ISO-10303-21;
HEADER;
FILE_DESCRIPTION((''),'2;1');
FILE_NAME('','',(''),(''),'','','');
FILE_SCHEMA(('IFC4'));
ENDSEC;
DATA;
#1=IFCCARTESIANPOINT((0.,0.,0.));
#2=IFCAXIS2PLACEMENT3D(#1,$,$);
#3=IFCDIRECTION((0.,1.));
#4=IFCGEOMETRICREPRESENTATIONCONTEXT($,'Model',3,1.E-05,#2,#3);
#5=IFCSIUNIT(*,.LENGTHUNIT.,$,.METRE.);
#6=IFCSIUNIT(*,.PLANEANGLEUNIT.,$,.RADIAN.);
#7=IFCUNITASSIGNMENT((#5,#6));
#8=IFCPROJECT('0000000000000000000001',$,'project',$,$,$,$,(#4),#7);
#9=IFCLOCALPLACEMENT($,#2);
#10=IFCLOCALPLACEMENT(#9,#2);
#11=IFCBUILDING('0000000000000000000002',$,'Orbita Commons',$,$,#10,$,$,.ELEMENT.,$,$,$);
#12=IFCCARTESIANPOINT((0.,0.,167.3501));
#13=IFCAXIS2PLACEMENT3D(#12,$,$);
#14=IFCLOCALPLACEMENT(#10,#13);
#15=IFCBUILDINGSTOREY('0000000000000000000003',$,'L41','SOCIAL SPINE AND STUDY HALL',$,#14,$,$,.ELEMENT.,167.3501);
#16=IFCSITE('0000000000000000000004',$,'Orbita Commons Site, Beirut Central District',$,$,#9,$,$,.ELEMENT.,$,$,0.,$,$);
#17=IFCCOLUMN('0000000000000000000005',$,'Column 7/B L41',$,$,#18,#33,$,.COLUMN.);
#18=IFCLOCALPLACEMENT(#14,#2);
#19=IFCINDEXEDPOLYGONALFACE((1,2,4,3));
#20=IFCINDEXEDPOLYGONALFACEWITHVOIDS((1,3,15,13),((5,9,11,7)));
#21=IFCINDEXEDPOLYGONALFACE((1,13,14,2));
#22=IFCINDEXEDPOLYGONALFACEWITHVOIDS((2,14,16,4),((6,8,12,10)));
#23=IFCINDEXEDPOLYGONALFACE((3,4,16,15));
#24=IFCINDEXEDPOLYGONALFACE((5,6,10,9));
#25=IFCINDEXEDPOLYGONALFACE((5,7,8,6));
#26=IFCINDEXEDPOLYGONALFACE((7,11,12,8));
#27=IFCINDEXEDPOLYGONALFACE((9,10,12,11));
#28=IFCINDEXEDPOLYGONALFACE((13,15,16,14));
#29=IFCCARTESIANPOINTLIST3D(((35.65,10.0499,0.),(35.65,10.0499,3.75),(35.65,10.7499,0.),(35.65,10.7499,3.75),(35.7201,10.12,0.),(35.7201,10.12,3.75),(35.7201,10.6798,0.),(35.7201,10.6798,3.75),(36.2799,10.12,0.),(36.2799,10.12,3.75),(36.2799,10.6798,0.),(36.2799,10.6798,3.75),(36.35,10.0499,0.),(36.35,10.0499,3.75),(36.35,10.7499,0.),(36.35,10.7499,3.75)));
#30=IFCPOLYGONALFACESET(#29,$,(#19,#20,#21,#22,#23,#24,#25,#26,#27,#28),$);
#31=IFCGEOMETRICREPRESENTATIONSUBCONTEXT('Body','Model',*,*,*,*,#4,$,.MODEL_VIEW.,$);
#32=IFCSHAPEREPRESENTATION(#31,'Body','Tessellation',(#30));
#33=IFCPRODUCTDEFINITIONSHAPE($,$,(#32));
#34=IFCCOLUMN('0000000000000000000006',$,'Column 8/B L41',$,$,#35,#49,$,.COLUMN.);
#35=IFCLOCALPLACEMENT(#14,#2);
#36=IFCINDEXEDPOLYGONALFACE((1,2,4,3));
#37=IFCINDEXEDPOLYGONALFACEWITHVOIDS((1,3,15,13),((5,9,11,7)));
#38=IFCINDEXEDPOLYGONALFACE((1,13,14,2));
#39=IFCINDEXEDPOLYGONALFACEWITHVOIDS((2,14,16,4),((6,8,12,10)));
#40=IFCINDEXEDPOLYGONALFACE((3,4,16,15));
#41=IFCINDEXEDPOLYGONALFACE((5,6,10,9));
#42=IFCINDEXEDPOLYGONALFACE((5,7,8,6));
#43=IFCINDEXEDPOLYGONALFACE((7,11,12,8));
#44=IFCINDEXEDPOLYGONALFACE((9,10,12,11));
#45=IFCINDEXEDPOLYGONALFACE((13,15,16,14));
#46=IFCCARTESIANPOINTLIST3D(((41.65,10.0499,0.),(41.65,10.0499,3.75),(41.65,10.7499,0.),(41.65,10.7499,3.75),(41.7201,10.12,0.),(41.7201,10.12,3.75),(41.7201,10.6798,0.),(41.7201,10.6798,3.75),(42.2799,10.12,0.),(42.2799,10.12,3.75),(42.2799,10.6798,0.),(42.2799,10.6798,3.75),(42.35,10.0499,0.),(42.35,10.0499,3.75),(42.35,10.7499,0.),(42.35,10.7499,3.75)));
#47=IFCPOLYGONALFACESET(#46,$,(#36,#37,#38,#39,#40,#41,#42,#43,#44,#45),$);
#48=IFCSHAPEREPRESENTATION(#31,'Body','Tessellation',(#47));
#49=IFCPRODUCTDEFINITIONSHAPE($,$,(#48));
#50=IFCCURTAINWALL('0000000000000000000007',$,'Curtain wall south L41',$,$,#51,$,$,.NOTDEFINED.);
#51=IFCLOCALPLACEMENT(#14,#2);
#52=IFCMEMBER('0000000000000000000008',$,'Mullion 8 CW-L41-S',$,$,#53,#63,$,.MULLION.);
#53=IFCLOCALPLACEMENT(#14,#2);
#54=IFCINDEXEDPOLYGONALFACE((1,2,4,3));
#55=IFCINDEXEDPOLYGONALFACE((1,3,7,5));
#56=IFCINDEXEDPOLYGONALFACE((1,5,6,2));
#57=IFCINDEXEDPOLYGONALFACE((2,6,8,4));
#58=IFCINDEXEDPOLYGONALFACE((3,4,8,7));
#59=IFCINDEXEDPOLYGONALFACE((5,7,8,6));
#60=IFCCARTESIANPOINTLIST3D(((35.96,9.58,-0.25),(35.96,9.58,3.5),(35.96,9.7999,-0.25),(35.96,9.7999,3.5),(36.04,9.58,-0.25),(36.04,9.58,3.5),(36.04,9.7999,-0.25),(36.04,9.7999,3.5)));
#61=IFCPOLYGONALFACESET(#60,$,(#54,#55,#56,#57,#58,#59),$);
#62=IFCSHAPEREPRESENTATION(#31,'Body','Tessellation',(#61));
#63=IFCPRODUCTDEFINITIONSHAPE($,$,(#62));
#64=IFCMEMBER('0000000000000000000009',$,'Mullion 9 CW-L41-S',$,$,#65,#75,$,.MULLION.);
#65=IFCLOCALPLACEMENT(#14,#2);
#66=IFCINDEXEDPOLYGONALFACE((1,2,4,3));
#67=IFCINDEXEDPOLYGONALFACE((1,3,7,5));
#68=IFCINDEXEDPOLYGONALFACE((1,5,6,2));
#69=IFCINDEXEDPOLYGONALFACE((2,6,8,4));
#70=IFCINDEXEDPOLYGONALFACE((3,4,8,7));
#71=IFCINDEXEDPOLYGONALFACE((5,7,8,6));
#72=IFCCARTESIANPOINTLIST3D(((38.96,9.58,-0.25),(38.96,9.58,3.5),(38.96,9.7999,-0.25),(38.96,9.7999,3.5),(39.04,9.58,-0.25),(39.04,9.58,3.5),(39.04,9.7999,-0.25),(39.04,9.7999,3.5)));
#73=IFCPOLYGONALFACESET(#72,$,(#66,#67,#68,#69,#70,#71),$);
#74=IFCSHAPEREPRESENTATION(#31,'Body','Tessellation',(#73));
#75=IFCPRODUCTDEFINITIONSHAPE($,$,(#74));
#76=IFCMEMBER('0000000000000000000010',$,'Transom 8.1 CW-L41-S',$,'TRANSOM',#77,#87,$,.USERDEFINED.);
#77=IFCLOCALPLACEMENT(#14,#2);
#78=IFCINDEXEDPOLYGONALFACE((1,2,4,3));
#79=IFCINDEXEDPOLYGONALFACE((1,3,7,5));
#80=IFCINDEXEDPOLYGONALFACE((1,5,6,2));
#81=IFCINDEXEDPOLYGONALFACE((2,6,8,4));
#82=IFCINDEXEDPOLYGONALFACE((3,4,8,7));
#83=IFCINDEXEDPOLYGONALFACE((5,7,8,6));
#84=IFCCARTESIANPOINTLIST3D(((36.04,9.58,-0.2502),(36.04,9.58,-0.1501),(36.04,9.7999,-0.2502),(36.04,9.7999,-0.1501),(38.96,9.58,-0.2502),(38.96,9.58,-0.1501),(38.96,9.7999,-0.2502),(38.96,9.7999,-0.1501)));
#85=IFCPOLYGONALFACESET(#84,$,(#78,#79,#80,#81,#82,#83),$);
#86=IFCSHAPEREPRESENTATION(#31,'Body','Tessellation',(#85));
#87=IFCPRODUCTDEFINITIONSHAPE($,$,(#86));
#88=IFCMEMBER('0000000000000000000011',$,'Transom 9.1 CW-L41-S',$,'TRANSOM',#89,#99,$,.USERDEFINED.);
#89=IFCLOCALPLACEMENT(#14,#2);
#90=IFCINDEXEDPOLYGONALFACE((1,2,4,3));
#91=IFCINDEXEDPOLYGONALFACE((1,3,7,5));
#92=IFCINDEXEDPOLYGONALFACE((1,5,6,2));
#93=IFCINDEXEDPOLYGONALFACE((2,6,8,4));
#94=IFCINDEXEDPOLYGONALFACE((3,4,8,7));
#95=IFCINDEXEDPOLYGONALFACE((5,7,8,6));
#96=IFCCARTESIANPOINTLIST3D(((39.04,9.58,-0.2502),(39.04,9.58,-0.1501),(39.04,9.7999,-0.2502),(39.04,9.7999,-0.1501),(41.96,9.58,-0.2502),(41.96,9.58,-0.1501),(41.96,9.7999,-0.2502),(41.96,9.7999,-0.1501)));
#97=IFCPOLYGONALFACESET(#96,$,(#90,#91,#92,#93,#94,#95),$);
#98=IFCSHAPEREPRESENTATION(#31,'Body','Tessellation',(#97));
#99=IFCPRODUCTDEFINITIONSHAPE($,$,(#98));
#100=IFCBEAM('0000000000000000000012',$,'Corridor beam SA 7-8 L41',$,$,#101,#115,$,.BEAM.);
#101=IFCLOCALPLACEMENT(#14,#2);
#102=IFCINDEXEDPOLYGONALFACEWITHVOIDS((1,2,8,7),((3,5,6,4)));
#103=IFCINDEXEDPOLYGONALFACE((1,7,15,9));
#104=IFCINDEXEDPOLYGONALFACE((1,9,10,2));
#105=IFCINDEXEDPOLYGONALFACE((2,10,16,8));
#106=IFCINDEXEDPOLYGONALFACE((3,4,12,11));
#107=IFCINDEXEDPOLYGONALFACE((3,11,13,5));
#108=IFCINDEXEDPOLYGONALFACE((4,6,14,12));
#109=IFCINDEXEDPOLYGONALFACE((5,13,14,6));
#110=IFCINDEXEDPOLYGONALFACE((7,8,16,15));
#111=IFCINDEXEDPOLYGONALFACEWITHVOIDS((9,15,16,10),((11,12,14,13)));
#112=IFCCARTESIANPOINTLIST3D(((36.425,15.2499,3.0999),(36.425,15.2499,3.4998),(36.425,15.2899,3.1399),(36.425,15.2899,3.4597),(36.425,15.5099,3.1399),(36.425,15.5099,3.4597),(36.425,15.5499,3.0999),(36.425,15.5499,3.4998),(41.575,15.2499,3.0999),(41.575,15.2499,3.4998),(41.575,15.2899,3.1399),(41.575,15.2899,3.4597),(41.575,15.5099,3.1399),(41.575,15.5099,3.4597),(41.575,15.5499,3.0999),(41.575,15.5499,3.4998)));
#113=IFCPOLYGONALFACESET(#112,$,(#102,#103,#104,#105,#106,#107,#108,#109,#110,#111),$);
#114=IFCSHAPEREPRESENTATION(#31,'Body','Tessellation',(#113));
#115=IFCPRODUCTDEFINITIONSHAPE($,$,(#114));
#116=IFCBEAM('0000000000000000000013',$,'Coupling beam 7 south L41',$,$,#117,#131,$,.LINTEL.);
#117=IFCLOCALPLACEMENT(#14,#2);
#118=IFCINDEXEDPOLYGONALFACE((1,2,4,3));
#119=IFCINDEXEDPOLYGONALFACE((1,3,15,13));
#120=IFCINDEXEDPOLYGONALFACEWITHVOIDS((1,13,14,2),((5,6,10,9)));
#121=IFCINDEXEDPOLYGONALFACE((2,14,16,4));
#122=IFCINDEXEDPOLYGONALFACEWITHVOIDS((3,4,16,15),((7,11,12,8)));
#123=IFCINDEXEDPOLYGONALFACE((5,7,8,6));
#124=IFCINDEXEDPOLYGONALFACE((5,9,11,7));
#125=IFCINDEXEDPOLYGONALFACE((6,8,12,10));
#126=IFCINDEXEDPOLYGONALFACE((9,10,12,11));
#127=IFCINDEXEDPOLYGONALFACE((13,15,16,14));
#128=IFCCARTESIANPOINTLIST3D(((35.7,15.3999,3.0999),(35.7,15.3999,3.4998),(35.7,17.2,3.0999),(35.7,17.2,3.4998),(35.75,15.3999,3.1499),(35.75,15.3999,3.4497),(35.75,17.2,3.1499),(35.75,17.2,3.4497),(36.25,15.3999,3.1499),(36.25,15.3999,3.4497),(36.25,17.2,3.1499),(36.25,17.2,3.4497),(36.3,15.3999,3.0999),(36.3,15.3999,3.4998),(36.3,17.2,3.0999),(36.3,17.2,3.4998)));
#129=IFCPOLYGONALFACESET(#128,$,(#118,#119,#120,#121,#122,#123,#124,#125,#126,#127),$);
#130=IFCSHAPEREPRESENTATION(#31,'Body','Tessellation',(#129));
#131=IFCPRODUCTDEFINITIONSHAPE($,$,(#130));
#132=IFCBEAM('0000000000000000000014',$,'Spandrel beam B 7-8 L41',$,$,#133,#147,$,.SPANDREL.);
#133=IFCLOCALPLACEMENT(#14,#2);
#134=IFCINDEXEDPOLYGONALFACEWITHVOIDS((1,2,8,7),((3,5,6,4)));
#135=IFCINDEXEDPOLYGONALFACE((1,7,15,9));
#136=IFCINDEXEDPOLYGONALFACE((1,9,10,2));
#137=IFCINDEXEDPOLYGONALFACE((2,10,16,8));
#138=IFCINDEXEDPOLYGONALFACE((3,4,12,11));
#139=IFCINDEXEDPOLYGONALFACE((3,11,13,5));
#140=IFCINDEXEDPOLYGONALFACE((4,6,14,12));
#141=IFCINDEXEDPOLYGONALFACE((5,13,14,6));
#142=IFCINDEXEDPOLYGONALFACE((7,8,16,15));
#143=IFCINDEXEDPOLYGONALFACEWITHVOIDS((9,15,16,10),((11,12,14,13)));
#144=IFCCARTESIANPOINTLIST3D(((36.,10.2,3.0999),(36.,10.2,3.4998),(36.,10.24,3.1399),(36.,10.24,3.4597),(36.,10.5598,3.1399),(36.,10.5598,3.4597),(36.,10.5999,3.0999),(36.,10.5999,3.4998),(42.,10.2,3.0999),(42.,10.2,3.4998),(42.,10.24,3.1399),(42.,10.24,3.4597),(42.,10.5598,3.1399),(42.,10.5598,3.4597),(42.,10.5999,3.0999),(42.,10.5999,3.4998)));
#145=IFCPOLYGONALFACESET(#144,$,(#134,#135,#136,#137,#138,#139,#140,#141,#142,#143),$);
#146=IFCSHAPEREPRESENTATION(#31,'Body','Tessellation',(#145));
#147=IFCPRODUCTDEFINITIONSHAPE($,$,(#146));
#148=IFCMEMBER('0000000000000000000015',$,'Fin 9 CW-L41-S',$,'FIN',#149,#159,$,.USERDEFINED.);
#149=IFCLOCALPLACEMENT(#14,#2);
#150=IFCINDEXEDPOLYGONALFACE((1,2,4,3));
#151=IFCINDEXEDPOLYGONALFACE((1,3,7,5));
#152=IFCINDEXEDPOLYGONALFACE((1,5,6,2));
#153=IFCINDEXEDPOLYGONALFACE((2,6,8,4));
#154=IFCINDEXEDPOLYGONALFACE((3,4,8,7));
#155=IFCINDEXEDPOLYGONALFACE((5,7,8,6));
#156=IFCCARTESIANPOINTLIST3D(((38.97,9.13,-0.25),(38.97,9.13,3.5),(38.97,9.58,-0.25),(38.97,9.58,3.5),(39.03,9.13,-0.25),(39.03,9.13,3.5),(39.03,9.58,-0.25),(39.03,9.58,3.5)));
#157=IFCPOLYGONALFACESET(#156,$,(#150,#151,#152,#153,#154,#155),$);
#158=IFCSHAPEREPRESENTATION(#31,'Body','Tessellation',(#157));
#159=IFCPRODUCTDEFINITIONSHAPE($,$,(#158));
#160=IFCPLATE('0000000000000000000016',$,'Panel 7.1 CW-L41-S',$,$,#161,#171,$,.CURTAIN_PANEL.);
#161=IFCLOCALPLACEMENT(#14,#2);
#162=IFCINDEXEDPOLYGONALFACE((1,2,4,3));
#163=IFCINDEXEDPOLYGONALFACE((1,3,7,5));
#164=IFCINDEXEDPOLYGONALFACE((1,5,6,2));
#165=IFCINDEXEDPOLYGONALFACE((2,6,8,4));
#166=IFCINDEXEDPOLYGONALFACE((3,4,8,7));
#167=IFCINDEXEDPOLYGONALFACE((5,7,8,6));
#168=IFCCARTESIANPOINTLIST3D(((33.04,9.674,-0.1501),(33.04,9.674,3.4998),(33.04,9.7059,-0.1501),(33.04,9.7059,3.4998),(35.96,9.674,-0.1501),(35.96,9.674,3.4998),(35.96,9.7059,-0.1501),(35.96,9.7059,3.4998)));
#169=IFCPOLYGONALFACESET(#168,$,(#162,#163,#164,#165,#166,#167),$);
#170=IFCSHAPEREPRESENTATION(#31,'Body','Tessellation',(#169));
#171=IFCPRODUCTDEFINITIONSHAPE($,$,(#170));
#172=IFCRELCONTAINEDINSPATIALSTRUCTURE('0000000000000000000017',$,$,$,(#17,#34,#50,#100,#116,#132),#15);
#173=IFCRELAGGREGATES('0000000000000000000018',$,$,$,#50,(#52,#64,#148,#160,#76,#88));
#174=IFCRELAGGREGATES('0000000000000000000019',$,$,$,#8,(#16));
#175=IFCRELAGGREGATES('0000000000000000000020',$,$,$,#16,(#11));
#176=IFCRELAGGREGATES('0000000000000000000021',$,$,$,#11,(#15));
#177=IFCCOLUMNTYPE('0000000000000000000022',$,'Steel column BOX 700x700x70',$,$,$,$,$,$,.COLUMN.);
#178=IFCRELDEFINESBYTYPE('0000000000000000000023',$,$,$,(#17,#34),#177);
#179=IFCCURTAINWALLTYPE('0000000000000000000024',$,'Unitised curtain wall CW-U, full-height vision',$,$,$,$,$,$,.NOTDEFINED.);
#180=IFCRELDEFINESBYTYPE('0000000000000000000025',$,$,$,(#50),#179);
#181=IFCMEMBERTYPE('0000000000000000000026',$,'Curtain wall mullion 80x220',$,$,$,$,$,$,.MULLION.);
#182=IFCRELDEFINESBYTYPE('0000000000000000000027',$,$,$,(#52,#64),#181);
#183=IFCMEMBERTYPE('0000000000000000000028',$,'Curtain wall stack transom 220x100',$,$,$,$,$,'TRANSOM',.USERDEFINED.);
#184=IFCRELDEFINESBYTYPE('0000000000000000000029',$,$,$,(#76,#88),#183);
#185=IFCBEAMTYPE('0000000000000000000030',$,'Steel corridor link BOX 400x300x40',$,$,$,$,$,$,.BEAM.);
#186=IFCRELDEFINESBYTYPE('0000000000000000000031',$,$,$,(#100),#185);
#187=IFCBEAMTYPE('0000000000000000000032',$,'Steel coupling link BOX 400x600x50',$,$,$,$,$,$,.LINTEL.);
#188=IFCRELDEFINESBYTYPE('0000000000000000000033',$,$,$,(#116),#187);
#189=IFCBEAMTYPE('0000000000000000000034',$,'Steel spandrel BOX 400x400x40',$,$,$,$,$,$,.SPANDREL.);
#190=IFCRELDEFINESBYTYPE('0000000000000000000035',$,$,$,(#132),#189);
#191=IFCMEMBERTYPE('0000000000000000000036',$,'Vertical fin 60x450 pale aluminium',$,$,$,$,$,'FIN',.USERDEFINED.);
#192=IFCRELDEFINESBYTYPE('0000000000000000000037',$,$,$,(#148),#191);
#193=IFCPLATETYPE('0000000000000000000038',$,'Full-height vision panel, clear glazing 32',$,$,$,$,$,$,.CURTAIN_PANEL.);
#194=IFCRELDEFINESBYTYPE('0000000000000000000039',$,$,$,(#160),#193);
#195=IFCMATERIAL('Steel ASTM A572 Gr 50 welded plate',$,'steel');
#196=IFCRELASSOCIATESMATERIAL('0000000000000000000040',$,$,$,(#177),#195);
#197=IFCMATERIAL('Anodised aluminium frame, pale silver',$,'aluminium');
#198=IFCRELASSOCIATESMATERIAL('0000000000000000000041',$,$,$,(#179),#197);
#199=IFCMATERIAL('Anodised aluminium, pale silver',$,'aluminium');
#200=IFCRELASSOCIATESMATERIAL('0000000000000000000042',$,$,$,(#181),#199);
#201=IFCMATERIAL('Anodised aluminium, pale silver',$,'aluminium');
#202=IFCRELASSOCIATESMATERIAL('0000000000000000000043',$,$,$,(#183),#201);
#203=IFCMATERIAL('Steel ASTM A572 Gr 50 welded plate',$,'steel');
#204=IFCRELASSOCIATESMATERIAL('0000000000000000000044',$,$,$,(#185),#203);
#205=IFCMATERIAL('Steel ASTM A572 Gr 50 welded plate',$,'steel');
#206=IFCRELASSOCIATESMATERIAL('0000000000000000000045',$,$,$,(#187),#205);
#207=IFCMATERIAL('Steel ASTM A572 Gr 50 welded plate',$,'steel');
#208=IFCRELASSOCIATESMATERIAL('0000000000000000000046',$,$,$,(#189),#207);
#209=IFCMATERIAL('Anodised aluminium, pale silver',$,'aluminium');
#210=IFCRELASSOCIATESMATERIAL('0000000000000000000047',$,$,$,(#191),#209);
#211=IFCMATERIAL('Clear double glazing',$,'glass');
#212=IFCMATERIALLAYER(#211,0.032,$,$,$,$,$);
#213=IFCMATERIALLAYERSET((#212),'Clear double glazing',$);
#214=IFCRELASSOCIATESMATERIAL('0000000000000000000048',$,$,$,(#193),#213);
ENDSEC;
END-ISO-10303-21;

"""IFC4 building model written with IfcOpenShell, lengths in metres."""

from ifc_helpers import new_model, si_unit, direction, frame, origin, origin_2d, place, context, subcontext, project, spatial, rectangle, hollow_rectangle, extrude, material, layer, layer_set, material_profile, profile_set, type_object, element, aggregate, save


model = new_model("IFC4")

# Units and contexts
model_context = context("Model", 3, precision=1e-05, world=origin(), true_north=direction((0.0, 1.0)))
body_context = subcontext(model_context, "Body", "Model", "MODEL_VIEW")
ifc_project = project(units=[si_unit("LENGTHUNIT", "METRE"), si_unit("PLANEANGLEUNIT", "RADIAN")], contexts=[model_context])

# Site, building, storey
site_placement = place(None, origin())
site = spatial("IfcSite", under=ifc_project, at=site_placement, Name="Orbita Commons Site, Beirut Central District", CompositionType="ELEMENT", RefElevation=0.0)
building_placement = place(site_placement, origin())
building = spatial("IfcBuilding", under=site, at=building_placement, Name="Orbita Commons", CompositionType="ELEMENT")
storey_placement = place(building_placement, frame((0.0, 0.0, 167.3501)))
storey = spatial("IfcBuildingStorey", under=building, at=storey_placement, Name="L41", Description="SOCIAL SPINE AND STUDY HALL", CompositionType="ELEMENT", Elevation=167.3501)

# Columns
ifc_material_1 = material(Name="Steel ASTM A572 Gr 50 welded plate", Category="steel")
ifc_material_profile_1 = material_profile(ifc_material_1, hollow_rectangle(XDim=0.7, YDim=0.7, WallThickness=0.0701, at=origin_2d()), Name="BOX 700x700x70")
ifc_profile_set_1 = profile_set([ifc_material_profile_1], Name="Steel ASTM A572 Gr 50 welded plate")
column_type = type_object("IfcColumnType", Name="Steel column BOX 700x700x70", PredefinedType="COLUMN", material=ifc_profile_set_1)
for number, where, z_axis, x_axis, name in (
    (1, (36.0, 10.3999, 0.0), (0.0, 0.0, 1.0), (1.0, 0.0, 0.0), "Column 7/B L41"),
    (2, (42.0, 10.3999, 0.0), (0.0, 0.0, 1.0), (1.0, 0.0, 0.0), "Column 8/B L41"),
):
    element("IfcColumn", number, at=place(storey_placement, frame(where, z_axis=z_axis, x_axis=x_axis)), inside=storey, type_object=column_type, Name=name, PredefinedType="COLUMN", context=body_context, shape_type="SweptSolid", body=[
        extrude(hollow_rectangle(XDim=0.7, YDim=0.7, WallThickness=0.0701, at=origin_2d()), origin(), (0.0, 0.0, 1.0), 3.75),
    ])

# Curtain wall, members
ifc_material_2 = material(Name="Anodised aluminium frame, pale silver", Category="aluminium")
curtain_wall_type = type_object("IfcCurtainWallType", Name="Unitised curtain wall CW-U, full-height vision", PredefinedType="NOTDEFINED", material=ifc_material_2)
curtain_wall_placement = place(storey_placement, origin())
curtain_wall = element("IfcCurtainWall", 3, at=curtain_wall_placement, inside=storey, type_object=curtain_wall_type, Name="Curtain wall south L41", PredefinedType="NOTDEFINED")
ifc_material_3 = material(Name="Anodised aluminium, pale silver", Category="aluminium")
ifc_material_profile_2 = material_profile(ifc_material_3, rectangle(XDim=0.0801, YDim=0.22, at=origin_2d()), Name="AL 80x220")
ifc_profile_set_2 = profile_set([ifc_material_profile_2], Name="Anodised aluminium, pale silver")
member_type_1 = type_object("IfcMemberType", Name="Curtain wall mullion 80x220", PredefinedType="MULLION", material=ifc_profile_set_2)
member_1_placement = place(storey_placement, frame((36.0, 9.6899, -0.25), z_axis=(0.0, 0.0, 1.0), x_axis=(1.0, 0.0, 0.0)))
member_1 = element("IfcMember", 4, at=member_1_placement, type_object=member_type_1, Name="Mullion 8 CW-L41-S", PredefinedType="MULLION", context=body_context, shape_type="SweptSolid", body=[
    extrude(rectangle(XDim=0.0801, YDim=0.22, at=origin_2d()), origin(), (0.0, 0.0, 1.0), 3.75),
])
member_2_placement = place(storey_placement, frame((39.0, 9.6899, -0.25), z_axis=(0.0, 0.0, 1.0), x_axis=(1.0, 0.0, 0.0)))
member_2 = element("IfcMember", 5, at=member_2_placement, type_object=member_type_1, Name="Mullion 9 CW-L41-S", PredefinedType="MULLION", context=body_context, shape_type="SweptSolid", body=[
    extrude(rectangle(XDim=0.0801, YDim=0.22, at=origin_2d()), origin(), (0.0, 0.0, 1.0), 3.75),
])
ifc_material_4 = material(Name="Anodised aluminium, pale silver", Category="aluminium")
ifc_material_profile_3 = material_profile(ifc_material_4, rectangle(XDim=0.22, YDim=0.1001, at=origin_2d()), Name="AL 220x100")
ifc_profile_set_3 = profile_set([ifc_material_profile_3], Name="Anodised aluminium, pale silver")
member_type_2 = type_object("IfcMemberType", Name="Curtain wall stack transom 220x100", ElementType="TRANSOM", PredefinedType="USERDEFINED", material=ifc_profile_set_3)
member_3_placement = place(storey_placement, frame((36.04, 9.6899, -0.2002), z_axis=(1.0, 0.0, 0.0), x_axis=(0.0, 1.0, 0.0)))
member_3 = element("IfcMember", 6, at=member_3_placement, type_object=member_type_2, Name="Transom 8.1 CW-L41-S", ObjectType="TRANSOM", PredefinedType="USERDEFINED", context=body_context, shape_type="SweptSolid", body=[
    extrude(rectangle(XDim=0.22, YDim=0.1001, at=origin_2d()), origin(), (0.0, 0.0, 1.0), 2.9199),
])
member_4_placement = place(storey_placement, frame((39.04, 9.6899, -0.2002), z_axis=(1.0, 0.0, 0.0), x_axis=(0.0, 1.0, 0.0)))
member_4 = element("IfcMember", 7, at=member_4_placement, type_object=member_type_2, Name="Transom 9.1 CW-L41-S", ObjectType="TRANSOM", PredefinedType="USERDEFINED", context=body_context, shape_type="SweptSolid", body=[
    extrude(rectangle(XDim=0.22, YDim=0.1001, at=origin_2d()), origin(), (0.0, 0.0, 1.0), 2.9199),
])

# Beams
ifc_material_5 = material(Name="Steel ASTM A572 Gr 50 welded plate", Category="steel")
ifc_material_profile_4 = material_profile(ifc_material_5, hollow_rectangle(XDim=0.3, YDim=0.3999, WallThickness=0.04, at=origin_2d()), Name="BOX 400x300x40")
ifc_profile_set_4 = profile_set([ifc_material_profile_4], Name="Steel ASTM A572 Gr 50 welded plate")
beam_type_1 = type_object("IfcBeamType", Name="Steel corridor link BOX 400x300x40", PredefinedType="BEAM", material=ifc_profile_set_4)
beam_1_placement = place(storey_placement, frame((36.425, 15.3999, 3.2998), z_axis=(1.0, 0.0, 0.0), x_axis=(0.0, 1.0, 0.0)))
element("IfcBeam", 8, at=beam_1_placement, inside=storey, type_object=beam_type_1, Name="Corridor beam SA 7-8 L41", PredefinedType="BEAM", context=body_context, shape_type="SweptSolid", body=[
    extrude(hollow_rectangle(XDim=0.3, YDim=0.3999, WallThickness=0.04, at=origin_2d()), origin(), (0.0, 0.0, 1.0), 5.1499),
])
ifc_material_6 = material(Name="Steel ASTM A572 Gr 50 welded plate", Category="steel")
ifc_material_profile_5 = material_profile(ifc_material_6, hollow_rectangle(XDim=0.6001, YDim=0.3999, WallThickness=0.05, at=origin_2d()), Name="BOX 400x600x50")
ifc_profile_set_5 = profile_set([ifc_material_profile_5], Name="Steel ASTM A572 Gr 50 welded plate")
beam_type_2 = type_object("IfcBeamType", Name="Steel coupling link BOX 400x600x50", PredefinedType="LINTEL", material=ifc_profile_set_5)
beam_2_placement = place(storey_placement, frame((36.0, 15.3999, 3.2998), z_axis=(0.0, 1.0, 0.0), x_axis=(-1.0, 0.0, 0.0)))
element("IfcBeam", 9, at=beam_2_placement, inside=storey, type_object=beam_type_2, Name="Coupling beam 7 south L41", PredefinedType="LINTEL", context=body_context, shape_type="SweptSolid", body=[
    extrude(hollow_rectangle(XDim=0.6001, YDim=0.3999, WallThickness=0.05, at=origin_2d()), origin(), (0.0, 0.0, 1.0), 1.8),
])
ifc_material_7 = material(Name="Steel ASTM A572 Gr 50 welded plate", Category="steel")
ifc_material_profile_6 = material_profile(ifc_material_7, hollow_rectangle(XDim=0.3999, YDim=0.3999, WallThickness=0.04, at=origin_2d()), Name="BOX 400x400x40")
ifc_profile_set_6 = profile_set([ifc_material_profile_6], Name="Steel ASTM A572 Gr 50 welded plate")
beam_type_3 = type_object("IfcBeamType", Name="Steel spandrel BOX 400x400x40", PredefinedType="SPANDREL", material=ifc_profile_set_6)
beam_3_placement = place(storey_placement, frame((36.0, 10.3999, 3.2998), z_axis=(1.0, 0.0, 0.0), x_axis=(0.0, 1.0, 0.0)))
element("IfcBeam", 10, at=beam_3_placement, inside=storey, type_object=beam_type_3, Name="Spandrel beam B 7-8 L41", PredefinedType="SPANDREL", context=body_context, shape_type="SweptSolid", body=[
    extrude(hollow_rectangle(XDim=0.3999, YDim=0.3999, WallThickness=0.04, at=origin_2d()), origin(), (0.0, 0.0, 1.0), 6.0),
])

# Member
ifc_material_8 = material(Name="Anodised aluminium, pale silver", Category="aluminium")
ifc_material_profile_7 = material_profile(ifc_material_8, rectangle(XDim=0.0601, YDim=0.45, at=origin_2d()), Name="FIN 60x450")
ifc_profile_set_7 = profile_set([ifc_material_profile_7], Name="Anodised aluminium, pale silver")
member_type_3 = type_object("IfcMemberType", Name="Vertical fin 60x450 pale aluminium", ElementType="FIN", PredefinedType="USERDEFINED", material=ifc_profile_set_7)
member_5_placement = place(storey_placement, frame((39.0, 9.355, -0.25), z_axis=(0.0, 0.0, 1.0), x_axis=(1.0, 0.0, 0.0)))
member_5 = element("IfcMember", 11, at=member_5_placement, type_object=member_type_3, Name="Fin 9 CW-L41-S", ObjectType="FIN", PredefinedType="USERDEFINED", context=body_context, shape_type="SweptSolid", body=[
    extrude(rectangle(XDim=0.0601, YDim=0.45, at=origin_2d()), origin(), (0.0, 0.0, 1.0), 3.75),
])

# Plate
ifc_material_9 = material(Name="Clear double glazing", Category="glass")
ifc_layer_1 = layer(ifc_material_9, 0.032)
ifc_layer_set_1 = layer_set([ifc_layer_1], Name="Clear double glazing")
plate_type = type_object("IfcPlateType", Name="Full-height vision panel, clear glazing 32", PredefinedType="CURTAIN_PANEL", material=ifc_layer_set_1)
plate_1_placement = place(storey_placement, frame((34.5, 9.6899, -0.1501), z_axis=(0.0, 0.0, 1.0), x_axis=(1.0, 0.0, 0.0)))
plate_1 = element("IfcPlate", 12, at=plate_1_placement, type_object=plate_type, Name="Panel 7.1 CW-L41-S", PredefinedType="CURTAIN_PANEL", context=body_context, shape_type="SweptSolid", body=[
    extrude(rectangle(XDim=2.9199, YDim=0.032, at=origin_2d()), origin(), (0.0, 0.0, 1.0), 3.6499),
])
aggregate(curtain_wall, [member_1, member_2, member_5, plate_1, member_3, member_4])

save(model, "model.ifc")
